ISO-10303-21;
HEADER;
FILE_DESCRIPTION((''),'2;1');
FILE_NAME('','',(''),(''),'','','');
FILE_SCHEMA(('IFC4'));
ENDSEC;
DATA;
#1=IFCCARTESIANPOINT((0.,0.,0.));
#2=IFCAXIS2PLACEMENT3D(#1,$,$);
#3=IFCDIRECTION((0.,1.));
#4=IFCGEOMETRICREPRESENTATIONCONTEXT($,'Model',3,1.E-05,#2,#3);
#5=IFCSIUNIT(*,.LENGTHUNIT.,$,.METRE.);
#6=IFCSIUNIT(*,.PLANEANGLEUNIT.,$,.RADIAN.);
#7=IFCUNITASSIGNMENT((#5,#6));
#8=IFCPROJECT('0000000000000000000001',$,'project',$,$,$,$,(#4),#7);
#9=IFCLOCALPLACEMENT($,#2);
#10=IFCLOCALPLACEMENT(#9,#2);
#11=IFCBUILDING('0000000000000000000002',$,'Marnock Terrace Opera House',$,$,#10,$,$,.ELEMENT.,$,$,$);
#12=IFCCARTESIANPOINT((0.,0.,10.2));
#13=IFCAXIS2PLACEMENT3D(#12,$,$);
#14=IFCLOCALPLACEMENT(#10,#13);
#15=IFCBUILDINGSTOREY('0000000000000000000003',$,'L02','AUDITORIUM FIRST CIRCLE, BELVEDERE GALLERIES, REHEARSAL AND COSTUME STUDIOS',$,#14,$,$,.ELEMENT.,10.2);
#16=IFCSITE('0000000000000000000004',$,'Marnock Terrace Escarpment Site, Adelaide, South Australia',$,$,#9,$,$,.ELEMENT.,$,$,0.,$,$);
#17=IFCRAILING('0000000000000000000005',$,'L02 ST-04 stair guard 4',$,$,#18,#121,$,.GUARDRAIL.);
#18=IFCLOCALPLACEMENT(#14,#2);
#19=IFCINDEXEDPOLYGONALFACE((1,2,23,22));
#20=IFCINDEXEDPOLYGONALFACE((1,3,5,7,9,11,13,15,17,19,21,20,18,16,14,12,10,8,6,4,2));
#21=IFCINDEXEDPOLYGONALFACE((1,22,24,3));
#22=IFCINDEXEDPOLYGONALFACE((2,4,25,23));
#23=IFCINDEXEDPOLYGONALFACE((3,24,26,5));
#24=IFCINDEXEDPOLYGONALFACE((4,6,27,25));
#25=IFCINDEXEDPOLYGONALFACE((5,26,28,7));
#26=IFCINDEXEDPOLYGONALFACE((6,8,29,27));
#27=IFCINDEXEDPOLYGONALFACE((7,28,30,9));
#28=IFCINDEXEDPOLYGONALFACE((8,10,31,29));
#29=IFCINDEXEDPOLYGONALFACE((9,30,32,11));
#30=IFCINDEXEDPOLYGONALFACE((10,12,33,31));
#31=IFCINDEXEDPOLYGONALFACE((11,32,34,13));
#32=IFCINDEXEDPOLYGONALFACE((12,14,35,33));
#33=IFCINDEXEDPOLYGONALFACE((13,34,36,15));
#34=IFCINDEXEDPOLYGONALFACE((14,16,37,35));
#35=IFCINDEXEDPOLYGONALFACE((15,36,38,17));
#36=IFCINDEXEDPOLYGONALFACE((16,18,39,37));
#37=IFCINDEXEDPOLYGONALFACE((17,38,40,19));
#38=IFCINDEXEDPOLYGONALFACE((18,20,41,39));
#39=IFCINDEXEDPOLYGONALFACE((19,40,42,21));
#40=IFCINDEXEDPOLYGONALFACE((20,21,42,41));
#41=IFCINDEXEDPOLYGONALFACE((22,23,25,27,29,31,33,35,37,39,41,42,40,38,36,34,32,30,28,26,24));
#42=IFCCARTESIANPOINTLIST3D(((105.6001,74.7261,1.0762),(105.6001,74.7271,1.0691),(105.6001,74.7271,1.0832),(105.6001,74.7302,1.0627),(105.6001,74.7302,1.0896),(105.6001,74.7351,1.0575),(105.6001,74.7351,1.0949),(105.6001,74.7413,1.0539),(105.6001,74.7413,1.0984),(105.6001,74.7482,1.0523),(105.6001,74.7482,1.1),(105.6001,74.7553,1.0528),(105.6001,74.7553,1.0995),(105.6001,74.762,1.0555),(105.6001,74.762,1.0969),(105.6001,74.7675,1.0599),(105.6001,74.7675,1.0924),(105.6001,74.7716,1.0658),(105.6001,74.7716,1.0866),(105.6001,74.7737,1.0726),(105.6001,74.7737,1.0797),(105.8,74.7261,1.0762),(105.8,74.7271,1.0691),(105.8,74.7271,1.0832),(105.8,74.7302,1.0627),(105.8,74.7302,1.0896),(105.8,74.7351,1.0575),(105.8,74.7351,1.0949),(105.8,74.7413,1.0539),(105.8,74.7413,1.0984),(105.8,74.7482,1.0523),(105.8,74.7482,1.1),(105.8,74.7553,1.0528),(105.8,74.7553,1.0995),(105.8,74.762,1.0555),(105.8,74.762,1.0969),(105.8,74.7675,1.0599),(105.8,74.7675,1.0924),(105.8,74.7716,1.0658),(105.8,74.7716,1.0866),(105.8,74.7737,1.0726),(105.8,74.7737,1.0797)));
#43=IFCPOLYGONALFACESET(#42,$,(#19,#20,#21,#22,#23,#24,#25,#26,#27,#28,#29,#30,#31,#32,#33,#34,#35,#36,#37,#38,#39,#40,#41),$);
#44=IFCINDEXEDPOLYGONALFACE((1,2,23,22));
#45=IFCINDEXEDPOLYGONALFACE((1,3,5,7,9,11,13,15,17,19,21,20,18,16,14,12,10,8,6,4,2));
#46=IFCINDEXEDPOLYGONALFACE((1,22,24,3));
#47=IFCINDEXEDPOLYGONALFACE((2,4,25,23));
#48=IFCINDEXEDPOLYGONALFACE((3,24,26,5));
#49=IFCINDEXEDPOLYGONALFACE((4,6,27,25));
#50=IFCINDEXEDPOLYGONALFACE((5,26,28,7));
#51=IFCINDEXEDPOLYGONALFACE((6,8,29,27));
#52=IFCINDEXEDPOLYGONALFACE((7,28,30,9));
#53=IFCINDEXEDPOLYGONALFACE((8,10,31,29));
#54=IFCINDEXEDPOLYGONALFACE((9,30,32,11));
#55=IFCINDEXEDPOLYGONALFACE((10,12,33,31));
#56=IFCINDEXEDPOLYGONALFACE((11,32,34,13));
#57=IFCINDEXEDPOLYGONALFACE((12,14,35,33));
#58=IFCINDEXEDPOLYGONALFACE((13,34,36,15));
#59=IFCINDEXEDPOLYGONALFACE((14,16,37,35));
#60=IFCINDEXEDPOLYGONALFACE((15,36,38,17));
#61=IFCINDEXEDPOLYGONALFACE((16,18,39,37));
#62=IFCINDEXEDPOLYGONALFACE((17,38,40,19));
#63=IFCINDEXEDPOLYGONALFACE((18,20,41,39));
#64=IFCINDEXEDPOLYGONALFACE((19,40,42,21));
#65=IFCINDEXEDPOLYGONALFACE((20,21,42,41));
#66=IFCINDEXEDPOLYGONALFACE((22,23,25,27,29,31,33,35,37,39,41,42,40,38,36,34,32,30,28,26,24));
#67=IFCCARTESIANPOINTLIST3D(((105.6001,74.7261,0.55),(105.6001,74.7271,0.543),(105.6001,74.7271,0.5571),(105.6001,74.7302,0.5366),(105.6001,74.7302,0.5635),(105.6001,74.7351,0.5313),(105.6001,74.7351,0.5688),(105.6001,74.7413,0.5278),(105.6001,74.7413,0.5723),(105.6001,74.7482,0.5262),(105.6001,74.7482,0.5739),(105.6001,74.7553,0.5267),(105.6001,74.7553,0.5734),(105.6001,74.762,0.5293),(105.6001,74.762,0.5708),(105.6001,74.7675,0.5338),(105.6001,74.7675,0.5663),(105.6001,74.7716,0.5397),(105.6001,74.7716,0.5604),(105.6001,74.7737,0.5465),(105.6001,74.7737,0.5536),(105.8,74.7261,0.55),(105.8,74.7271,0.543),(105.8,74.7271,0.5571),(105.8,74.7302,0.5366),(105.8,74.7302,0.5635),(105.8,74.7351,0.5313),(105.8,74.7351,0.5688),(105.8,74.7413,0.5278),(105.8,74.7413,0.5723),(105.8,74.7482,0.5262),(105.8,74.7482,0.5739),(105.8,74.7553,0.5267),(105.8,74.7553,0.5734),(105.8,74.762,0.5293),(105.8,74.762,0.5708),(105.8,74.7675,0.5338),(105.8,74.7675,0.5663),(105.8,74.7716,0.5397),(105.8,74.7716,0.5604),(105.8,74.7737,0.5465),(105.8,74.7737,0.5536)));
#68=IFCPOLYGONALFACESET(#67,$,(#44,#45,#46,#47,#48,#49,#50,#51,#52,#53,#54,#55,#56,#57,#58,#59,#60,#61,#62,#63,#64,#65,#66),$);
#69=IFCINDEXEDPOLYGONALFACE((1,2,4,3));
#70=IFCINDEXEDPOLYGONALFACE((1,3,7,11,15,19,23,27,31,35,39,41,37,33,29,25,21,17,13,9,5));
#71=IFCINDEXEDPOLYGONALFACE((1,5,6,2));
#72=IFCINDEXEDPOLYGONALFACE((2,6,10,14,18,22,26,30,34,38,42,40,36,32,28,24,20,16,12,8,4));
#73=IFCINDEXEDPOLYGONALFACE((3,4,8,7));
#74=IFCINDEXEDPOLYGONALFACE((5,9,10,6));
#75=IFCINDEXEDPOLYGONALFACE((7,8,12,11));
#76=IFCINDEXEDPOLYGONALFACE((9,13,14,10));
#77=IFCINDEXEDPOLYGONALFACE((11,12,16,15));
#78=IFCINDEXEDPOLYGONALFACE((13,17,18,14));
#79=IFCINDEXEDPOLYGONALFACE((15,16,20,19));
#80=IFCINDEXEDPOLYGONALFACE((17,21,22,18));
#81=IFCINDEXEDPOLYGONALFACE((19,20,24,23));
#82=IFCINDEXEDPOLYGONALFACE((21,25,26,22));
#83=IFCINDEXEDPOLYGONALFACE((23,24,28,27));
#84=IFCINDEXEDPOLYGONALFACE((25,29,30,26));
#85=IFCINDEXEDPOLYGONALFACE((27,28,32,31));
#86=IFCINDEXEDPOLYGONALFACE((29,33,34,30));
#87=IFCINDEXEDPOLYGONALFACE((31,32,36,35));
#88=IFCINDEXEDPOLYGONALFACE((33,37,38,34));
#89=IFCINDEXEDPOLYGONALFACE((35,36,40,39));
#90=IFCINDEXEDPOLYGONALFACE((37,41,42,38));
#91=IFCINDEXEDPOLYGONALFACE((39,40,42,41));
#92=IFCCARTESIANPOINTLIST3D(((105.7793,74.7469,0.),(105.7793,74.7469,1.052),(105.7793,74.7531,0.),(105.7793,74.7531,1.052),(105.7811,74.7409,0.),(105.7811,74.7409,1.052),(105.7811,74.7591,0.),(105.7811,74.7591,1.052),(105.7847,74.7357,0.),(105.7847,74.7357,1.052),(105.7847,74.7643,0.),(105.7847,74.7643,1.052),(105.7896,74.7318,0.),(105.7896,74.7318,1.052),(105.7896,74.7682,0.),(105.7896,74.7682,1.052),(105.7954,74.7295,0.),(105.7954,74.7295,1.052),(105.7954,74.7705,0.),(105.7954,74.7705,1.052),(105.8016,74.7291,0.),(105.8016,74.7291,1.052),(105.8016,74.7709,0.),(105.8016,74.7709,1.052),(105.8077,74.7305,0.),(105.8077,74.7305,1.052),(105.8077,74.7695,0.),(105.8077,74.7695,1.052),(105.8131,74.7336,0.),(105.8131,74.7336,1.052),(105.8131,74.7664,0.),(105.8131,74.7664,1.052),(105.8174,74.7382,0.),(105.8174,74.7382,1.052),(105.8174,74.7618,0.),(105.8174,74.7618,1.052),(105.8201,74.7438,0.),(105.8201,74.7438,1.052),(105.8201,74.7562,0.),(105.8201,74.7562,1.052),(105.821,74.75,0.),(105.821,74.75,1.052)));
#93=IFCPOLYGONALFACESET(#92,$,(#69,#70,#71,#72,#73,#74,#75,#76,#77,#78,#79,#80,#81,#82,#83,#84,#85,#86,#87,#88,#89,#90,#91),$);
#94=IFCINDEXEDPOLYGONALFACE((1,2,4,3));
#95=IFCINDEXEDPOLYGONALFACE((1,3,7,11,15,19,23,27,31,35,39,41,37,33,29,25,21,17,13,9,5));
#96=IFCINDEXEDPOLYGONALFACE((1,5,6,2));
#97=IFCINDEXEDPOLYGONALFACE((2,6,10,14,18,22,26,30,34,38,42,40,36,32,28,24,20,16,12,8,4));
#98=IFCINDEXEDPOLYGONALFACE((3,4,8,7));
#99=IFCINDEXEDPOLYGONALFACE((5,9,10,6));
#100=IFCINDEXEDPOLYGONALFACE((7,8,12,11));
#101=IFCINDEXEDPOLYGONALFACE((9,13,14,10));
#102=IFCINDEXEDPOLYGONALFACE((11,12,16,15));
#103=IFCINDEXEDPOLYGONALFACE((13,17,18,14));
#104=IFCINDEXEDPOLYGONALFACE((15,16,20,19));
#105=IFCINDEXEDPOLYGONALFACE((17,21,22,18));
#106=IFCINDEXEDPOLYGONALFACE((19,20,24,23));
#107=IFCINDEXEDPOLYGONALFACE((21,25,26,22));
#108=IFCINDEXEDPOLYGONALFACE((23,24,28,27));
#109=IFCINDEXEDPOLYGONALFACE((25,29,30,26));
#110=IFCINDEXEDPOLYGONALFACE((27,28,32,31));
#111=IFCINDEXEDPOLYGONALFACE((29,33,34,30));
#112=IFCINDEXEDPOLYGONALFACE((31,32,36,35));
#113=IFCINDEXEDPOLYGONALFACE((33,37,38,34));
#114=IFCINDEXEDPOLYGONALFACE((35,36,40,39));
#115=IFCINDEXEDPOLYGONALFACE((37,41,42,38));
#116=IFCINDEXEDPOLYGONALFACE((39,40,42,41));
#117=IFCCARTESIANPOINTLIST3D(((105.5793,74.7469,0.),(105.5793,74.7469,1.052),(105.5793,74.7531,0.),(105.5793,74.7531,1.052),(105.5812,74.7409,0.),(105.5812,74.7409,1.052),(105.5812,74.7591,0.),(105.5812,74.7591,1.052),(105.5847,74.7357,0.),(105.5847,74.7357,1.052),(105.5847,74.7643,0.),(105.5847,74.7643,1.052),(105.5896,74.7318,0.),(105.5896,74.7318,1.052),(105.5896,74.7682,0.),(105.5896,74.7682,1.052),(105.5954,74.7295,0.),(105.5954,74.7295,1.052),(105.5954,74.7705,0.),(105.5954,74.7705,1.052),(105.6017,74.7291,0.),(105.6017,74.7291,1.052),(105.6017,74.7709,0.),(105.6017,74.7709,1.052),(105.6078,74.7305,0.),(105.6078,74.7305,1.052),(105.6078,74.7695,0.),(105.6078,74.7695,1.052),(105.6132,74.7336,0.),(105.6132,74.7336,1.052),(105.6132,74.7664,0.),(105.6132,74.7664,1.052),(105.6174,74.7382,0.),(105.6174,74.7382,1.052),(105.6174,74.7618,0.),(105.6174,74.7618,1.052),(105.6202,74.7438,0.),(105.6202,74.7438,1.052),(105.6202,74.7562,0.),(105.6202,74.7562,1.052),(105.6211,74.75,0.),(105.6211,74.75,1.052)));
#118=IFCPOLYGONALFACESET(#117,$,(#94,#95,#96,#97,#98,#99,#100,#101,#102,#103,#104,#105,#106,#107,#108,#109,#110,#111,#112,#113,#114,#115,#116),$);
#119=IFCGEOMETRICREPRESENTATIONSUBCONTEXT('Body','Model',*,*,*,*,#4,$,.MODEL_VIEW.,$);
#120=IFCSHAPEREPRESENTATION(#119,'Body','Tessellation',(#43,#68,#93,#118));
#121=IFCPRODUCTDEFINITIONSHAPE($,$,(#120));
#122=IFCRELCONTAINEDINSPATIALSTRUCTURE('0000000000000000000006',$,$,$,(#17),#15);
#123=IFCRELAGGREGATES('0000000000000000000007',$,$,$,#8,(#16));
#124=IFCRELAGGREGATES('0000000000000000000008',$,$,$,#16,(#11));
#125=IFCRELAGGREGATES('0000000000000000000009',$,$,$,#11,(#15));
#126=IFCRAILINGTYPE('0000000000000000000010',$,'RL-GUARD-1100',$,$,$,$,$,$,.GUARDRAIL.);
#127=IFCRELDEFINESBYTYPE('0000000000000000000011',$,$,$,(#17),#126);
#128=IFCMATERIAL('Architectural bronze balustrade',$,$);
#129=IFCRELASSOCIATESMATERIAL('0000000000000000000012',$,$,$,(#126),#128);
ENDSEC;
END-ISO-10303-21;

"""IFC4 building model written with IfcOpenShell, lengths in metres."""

from ifc_helpers import new_model, si_unit, direction, frame, origin, origin_2d, place, context, subcontext, project, spatial, circle, extrude, material, type_object, element, save


model = new_model("IFC4")

# Units and contexts
model_context = context("Model", 3, precision=1e-05, world=origin(), true_north=direction((0.0, 1.0)))
body_context = subcontext(model_context, "Body", "Model", "MODEL_VIEW")
ifc_project = project(units=[si_unit("LENGTHUNIT", "METRE"), si_unit("PLANEANGLEUNIT", "RADIAN")], contexts=[model_context])

# Site, building, storey
site_placement = place(None, origin())
site = spatial("IfcSite", under=ifc_project, at=site_placement, Name="Marnock Terrace Escarpment Site, Adelaide, South Australia", CompositionType="ELEMENT", RefElevation=0.0)
building_placement = place(site_placement, origin())
building = spatial("IfcBuilding", under=site, at=building_placement, Name="Marnock Terrace Opera House", CompositionType="ELEMENT")
storey_placement = place(building_placement, frame((0.0, 0.0, 10.2)))
storey = spatial("IfcBuildingStorey", under=building, at=storey_placement, Name="L02", Description="AUDITORIUM FIRST CIRCLE, BELVEDERE GALLERIES, REHEARSAL AND COSTUME STUDIOS", CompositionType="ELEMENT", Elevation=10.2)

# Railing
ifc_material_1 = material(Name="Architectural bronze balustrade")
railing_type_1 = type_object("IfcRailingType", Name="RL-GUARD-1100", PredefinedType="GUARDRAIL", material=ifc_material_1)
railing_1_placement = place(storey_placement, frame((105.8, 74.75, 0.0)))
element("IfcRailing", 1, at=railing_1_placement, inside=storey, type_object=railing_type_1, Name="L02 ST-04 stair guard 4", PredefinedType="GUARDRAIL", context=body_context, shape_type="SweptSolid", body=[
    extrude(circle(Radius=0.0239, at=origin_2d()), frame((0.0, 0.0, 1.0762), z_axis=(-1.0, 0.0, 0.0), x_axis=(0.0, -1.0, 0.0)), (0.0, 0.0, 1.0), 0.2),
    extrude(circle(Radius=0.0239, at=origin_2d()), frame((0.0, 0.0, 0.55), z_axis=(-1.0, 0.0, 0.0), x_axis=(0.0, -1.0, 0.0)), (0.0, 0.0, 1.0), 0.2),
    extrude(circle(Radius=0.021, at=origin_2d()), origin(), (0.0, 0.0, 1.0), 1.052),
    extrude(circle(Radius=0.021, at=origin_2d()), frame((-0.2, 0.0, 0.0)), (0.0, 0.0, 1.0), 1.052),
])

save(model, "model.ifc")
